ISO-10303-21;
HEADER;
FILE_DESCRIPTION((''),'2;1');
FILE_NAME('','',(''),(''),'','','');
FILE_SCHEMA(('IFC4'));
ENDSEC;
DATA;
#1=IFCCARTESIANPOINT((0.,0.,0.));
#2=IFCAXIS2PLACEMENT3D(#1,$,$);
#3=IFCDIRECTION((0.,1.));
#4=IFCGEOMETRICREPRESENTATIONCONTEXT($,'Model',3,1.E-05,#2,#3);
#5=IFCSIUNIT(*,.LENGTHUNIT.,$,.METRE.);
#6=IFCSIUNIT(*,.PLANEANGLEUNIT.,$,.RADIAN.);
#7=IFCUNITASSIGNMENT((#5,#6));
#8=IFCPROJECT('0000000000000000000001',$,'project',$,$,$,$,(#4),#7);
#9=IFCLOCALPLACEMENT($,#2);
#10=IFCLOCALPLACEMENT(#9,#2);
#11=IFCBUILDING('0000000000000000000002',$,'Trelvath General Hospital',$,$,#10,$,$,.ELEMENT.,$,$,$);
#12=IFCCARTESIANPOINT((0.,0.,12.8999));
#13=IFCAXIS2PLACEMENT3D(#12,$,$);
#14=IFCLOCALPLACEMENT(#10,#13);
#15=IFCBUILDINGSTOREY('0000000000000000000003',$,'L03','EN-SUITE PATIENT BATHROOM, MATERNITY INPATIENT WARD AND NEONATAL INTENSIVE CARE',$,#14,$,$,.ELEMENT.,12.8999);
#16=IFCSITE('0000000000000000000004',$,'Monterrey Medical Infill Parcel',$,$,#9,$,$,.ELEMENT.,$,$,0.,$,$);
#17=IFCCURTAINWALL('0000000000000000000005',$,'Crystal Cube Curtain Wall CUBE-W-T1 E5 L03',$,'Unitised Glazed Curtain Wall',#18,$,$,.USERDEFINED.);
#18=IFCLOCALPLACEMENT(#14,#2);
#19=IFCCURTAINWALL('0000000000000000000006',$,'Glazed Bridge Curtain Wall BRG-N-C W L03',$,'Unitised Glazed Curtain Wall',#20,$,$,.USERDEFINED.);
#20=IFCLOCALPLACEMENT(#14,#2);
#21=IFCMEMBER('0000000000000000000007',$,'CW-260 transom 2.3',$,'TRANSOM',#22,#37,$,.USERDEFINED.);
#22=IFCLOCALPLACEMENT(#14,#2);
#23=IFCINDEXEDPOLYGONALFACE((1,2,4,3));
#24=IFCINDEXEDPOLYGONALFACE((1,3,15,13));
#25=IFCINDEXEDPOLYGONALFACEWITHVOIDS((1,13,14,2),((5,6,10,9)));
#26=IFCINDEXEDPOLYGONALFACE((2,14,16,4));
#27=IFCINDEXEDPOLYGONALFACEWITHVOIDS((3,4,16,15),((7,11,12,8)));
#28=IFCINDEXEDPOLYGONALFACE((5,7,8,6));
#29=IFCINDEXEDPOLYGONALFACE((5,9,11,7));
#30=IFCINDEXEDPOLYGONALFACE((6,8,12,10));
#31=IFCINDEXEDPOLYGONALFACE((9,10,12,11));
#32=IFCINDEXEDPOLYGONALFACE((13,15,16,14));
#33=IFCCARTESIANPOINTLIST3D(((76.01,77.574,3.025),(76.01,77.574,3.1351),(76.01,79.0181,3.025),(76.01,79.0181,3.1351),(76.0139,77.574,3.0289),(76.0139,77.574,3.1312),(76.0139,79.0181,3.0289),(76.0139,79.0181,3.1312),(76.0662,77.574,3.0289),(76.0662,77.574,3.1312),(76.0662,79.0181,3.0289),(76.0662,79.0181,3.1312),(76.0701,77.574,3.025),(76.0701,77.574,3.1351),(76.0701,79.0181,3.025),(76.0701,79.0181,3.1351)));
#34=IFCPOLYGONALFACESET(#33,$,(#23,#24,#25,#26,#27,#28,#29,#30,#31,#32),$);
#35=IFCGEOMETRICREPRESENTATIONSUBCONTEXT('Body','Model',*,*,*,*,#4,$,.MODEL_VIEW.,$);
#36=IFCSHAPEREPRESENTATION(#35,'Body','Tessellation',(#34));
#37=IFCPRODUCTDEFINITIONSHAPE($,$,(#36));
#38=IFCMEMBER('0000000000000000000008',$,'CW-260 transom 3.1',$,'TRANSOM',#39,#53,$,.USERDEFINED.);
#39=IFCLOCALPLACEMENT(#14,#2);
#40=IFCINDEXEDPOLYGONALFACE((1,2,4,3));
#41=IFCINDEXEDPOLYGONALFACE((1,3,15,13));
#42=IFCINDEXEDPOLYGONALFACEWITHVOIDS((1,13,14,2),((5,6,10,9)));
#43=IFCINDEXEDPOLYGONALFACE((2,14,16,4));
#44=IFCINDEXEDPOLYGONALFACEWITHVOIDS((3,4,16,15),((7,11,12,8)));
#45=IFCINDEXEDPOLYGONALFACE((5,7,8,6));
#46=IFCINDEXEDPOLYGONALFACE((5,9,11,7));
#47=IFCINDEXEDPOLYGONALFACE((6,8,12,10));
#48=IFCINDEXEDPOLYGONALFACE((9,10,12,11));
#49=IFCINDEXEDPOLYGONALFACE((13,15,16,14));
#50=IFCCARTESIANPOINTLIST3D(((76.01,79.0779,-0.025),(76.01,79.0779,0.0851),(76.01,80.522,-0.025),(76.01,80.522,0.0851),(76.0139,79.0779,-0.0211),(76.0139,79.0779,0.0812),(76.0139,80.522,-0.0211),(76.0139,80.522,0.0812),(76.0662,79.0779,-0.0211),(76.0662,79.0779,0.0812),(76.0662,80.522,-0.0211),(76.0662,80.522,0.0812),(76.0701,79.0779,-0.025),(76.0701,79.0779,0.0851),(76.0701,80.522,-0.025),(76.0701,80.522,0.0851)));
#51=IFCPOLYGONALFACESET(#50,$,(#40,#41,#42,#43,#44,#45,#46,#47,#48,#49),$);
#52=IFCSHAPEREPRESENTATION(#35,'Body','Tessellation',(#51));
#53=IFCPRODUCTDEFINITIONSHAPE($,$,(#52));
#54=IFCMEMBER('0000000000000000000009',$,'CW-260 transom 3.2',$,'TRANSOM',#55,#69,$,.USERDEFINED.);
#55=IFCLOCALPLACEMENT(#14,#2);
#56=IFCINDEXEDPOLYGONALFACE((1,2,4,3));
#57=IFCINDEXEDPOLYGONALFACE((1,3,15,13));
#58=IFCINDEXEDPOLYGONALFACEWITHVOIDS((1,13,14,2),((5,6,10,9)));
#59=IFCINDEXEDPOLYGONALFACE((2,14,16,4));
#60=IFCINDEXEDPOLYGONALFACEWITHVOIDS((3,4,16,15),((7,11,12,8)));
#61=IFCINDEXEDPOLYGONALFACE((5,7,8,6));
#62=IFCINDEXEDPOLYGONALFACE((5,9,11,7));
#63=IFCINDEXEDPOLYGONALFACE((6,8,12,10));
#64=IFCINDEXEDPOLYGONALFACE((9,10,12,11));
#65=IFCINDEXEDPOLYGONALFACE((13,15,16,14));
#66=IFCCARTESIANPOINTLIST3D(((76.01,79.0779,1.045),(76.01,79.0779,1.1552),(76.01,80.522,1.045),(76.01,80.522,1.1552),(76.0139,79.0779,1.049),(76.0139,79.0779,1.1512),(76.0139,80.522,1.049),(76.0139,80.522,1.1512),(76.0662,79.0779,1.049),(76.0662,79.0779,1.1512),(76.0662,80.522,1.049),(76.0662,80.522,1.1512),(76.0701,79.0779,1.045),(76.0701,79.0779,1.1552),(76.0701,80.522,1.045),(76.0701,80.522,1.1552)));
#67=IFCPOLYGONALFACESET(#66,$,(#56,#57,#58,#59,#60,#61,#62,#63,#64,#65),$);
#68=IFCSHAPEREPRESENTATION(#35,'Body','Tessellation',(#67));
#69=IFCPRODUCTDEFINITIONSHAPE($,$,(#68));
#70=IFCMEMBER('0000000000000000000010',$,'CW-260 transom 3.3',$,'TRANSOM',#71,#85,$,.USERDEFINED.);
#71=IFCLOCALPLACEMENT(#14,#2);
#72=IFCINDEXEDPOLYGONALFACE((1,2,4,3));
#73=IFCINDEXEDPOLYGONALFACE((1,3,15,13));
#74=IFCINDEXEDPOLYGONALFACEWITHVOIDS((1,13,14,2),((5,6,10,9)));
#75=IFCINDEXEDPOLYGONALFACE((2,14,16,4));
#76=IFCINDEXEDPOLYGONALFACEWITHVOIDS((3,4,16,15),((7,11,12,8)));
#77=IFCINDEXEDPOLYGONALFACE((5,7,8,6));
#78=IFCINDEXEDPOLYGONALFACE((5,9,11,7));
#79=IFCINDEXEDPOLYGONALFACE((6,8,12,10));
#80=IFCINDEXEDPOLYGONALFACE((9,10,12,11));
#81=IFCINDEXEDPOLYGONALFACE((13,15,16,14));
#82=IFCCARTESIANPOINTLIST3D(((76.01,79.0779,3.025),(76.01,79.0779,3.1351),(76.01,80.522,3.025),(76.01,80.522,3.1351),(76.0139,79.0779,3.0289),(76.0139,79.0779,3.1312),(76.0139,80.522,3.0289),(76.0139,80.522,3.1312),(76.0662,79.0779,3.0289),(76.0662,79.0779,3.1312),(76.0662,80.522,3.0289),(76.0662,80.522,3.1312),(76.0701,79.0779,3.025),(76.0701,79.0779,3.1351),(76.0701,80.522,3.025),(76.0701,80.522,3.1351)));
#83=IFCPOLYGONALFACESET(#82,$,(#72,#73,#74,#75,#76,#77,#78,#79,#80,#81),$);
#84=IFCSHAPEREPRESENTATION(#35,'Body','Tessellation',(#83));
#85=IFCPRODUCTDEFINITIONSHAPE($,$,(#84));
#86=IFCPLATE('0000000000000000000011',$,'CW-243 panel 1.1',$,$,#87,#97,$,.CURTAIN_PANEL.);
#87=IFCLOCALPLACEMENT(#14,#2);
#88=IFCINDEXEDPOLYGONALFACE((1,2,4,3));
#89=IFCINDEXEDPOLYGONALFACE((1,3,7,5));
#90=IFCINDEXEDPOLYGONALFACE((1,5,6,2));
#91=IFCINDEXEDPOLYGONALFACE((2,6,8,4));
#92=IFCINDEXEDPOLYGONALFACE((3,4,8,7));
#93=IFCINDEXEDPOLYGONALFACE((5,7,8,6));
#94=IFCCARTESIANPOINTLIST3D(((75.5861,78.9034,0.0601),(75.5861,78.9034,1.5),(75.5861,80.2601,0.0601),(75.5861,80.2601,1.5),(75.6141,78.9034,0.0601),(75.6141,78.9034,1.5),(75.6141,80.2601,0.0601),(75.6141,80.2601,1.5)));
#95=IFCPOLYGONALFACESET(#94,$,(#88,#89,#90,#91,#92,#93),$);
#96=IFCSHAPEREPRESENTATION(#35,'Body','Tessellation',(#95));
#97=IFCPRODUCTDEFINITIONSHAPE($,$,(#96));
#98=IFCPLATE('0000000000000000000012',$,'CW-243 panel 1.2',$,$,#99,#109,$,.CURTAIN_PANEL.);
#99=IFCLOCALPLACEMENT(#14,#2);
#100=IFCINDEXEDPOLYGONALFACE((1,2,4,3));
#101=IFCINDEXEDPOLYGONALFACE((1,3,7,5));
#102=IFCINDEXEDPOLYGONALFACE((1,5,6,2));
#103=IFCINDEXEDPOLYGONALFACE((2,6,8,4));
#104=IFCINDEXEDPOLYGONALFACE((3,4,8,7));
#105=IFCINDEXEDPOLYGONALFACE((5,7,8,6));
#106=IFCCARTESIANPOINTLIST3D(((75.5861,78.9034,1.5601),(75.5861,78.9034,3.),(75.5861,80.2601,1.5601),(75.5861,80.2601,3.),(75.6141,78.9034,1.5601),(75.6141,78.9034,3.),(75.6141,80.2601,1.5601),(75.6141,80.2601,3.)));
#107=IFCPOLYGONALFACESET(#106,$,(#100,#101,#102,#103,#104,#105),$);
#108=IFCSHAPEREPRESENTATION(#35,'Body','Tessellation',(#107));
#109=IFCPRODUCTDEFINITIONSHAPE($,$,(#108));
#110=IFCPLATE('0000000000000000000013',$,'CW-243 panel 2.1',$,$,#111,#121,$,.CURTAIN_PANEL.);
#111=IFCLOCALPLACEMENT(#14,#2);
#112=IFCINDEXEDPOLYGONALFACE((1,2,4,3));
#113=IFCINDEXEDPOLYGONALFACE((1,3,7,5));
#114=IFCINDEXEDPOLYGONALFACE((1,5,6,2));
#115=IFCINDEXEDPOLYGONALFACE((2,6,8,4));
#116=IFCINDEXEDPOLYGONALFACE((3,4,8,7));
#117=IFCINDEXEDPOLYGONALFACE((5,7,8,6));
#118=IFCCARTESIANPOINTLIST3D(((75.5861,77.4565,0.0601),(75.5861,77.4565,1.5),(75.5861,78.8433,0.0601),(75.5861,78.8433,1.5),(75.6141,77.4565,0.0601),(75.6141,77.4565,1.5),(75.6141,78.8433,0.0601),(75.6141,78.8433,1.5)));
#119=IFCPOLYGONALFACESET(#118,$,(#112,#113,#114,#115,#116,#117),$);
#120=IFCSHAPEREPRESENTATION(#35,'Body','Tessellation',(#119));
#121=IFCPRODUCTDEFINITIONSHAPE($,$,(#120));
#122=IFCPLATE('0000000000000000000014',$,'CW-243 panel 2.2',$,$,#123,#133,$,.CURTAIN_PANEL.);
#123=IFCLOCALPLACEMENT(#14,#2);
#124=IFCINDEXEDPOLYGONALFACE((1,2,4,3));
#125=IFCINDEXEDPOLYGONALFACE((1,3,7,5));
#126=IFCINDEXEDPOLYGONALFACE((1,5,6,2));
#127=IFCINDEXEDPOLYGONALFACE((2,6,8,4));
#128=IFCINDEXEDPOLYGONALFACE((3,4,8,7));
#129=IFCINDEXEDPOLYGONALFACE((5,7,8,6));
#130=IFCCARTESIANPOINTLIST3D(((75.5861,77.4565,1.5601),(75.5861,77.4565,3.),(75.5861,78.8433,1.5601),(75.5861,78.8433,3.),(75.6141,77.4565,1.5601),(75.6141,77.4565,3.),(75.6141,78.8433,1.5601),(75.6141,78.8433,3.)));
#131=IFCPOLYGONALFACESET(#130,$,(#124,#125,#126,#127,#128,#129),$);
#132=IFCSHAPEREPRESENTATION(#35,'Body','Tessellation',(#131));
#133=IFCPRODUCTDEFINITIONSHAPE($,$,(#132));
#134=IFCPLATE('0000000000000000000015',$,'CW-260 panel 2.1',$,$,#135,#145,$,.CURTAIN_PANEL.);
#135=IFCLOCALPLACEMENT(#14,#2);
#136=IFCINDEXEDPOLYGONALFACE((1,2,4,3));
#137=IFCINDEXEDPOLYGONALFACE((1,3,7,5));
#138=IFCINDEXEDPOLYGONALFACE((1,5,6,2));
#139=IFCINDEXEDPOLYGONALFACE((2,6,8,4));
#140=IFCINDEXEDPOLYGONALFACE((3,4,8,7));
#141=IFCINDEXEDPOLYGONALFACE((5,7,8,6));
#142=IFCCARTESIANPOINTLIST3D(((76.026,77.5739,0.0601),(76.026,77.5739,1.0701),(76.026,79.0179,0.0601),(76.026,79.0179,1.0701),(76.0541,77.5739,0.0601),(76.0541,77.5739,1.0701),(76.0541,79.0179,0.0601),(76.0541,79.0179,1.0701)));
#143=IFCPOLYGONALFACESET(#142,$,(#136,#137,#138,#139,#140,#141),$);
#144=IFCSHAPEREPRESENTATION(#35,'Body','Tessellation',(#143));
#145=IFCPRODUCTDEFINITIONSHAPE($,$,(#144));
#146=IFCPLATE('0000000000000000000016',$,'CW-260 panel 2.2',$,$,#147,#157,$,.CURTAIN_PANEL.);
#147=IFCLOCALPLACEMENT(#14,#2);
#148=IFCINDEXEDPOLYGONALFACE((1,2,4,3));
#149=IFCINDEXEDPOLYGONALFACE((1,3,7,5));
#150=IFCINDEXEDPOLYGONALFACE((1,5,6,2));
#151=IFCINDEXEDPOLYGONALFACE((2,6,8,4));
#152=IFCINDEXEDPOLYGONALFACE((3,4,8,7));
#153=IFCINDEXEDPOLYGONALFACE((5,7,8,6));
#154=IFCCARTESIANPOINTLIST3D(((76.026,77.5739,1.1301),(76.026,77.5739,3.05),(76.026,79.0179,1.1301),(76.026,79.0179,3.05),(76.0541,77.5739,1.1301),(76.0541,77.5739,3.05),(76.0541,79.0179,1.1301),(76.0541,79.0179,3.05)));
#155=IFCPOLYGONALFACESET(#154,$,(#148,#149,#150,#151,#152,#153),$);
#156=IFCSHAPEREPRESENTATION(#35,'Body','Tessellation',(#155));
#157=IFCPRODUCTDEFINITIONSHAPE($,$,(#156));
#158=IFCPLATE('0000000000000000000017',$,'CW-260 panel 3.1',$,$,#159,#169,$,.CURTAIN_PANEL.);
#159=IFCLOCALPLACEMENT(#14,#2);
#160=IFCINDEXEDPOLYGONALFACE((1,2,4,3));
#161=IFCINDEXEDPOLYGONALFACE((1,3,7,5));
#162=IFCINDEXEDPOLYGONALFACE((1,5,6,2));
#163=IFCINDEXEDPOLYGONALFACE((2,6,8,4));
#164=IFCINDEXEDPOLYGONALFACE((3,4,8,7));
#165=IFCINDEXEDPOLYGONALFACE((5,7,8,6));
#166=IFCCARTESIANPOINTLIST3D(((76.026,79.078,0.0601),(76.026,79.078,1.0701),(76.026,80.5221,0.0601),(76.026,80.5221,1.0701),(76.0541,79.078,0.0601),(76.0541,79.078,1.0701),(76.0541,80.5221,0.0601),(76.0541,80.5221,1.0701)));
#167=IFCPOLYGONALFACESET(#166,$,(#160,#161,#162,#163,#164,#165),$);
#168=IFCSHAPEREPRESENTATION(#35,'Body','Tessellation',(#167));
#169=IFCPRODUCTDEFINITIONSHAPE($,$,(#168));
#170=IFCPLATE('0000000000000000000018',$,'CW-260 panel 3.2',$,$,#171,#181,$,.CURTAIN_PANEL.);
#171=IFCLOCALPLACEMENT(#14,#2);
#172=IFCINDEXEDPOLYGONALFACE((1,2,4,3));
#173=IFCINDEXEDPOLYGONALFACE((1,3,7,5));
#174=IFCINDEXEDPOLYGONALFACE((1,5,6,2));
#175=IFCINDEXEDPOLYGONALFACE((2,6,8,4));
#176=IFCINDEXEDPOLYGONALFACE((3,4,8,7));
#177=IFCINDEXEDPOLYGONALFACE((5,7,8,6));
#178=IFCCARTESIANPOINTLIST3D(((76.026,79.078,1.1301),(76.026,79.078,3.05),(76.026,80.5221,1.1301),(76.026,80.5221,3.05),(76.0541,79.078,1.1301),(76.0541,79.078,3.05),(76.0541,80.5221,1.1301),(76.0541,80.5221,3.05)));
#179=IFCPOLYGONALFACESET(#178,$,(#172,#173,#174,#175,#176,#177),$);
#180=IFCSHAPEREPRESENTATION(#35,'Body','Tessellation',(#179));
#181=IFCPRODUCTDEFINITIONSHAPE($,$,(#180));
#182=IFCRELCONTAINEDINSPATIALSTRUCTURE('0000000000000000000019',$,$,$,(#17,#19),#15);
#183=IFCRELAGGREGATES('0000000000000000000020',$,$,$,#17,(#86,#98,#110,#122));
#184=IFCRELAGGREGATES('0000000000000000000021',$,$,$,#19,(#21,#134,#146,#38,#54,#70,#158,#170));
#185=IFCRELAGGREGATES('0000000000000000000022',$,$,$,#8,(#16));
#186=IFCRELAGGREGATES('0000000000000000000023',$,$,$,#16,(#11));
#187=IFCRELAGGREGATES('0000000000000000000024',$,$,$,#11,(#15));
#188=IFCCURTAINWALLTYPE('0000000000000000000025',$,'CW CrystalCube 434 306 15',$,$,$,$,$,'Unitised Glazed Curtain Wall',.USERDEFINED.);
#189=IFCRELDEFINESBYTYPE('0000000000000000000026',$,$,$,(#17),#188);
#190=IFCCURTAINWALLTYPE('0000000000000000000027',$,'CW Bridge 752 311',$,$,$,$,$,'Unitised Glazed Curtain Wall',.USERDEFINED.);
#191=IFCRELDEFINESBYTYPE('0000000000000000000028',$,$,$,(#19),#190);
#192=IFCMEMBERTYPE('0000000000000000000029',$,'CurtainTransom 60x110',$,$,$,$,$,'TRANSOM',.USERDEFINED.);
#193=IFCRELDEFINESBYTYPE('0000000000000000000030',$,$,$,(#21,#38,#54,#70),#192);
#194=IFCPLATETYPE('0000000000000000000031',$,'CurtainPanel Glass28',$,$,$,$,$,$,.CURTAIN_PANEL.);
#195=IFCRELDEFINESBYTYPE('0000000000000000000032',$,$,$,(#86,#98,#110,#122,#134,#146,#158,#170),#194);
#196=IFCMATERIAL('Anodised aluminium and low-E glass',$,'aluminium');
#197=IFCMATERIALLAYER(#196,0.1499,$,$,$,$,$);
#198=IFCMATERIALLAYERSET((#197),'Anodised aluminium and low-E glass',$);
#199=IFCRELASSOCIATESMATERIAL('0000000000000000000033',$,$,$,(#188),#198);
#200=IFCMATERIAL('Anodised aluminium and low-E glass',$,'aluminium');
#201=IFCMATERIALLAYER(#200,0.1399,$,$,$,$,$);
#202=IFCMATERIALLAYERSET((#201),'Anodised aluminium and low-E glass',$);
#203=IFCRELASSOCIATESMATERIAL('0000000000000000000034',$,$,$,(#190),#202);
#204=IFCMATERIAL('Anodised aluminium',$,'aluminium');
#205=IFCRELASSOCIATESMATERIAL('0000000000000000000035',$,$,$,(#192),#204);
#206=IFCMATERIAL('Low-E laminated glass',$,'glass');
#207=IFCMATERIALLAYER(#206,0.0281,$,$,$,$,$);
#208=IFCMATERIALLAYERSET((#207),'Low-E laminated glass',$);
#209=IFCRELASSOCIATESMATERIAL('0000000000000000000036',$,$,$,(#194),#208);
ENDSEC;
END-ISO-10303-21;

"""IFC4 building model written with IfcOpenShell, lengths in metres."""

from ifc_helpers import new_model, si_unit, direction, frame, origin, origin_2d, place, context, subcontext, project, spatial, rectangle, hollow_rectangle, extrude, material, layer, layer_set, material_profile, profile_set, type_object, element, aggregate, save


model = new_model("IFC4")

# Units and contexts
model_context = context("Model", 3, precision=1e-05, world=origin(), true_north=direction((0.0, 1.0)))
body_context = subcontext(model_context, "Body", "Model", "MODEL_VIEW")
ifc_project = project(units=[si_unit("LENGTHUNIT", "METRE"), si_unit("PLANEANGLEUNIT", "RADIAN")], contexts=[model_context])

# Site, building, storey
site_placement = place(None, origin())
site = spatial("IfcSite", under=ifc_project, at=site_placement, Name="Monterrey Medical Infill Parcel", CompositionType="ELEMENT", RefElevation=0.0)
building_placement = place(site_placement, origin())
building = spatial("IfcBuilding", under=site, at=building_placement, Name="Trelvath General Hospital", CompositionType="ELEMENT")
storey_placement = place(building_placement, frame((0.0, 0.0, 12.8999)))
storey = spatial("IfcBuildingStorey", under=building, at=storey_placement, Name="L03", Description="EN-SUITE PATIENT BATHROOM, MATERNITY INPATIENT WARD AND NEONATAL INTENSIVE CARE", CompositionType="ELEMENT", Elevation=12.8999)

# Curtain wall
ifc_material_1 = material(Name="Anodised aluminium and low-E glass", Category="aluminium")
ifc_layer_1 = layer(ifc_material_1, 0.1499)
ifc_layer_set_1 = layer_set([ifc_layer_1], Name="Anodised aluminium and low-E glass")
curtain_wall_type_1 = type_object("IfcCurtainWallType", Name="CW CrystalCube 434 306 15", ElementType="Unitised Glazed Curtain Wall", PredefinedType="USERDEFINED", material=ifc_layer_set_1)
curtain_wall_1_placement = place(storey_placement, origin())
curtain_wall_1 = element("IfcCurtainWall", 1, at=curtain_wall_1_placement, inside=storey, type_object=curtain_wall_type_1, Name="Crystal Cube Curtain Wall CUBE-W-T1 E5 L03", ObjectType="Unitised Glazed Curtain Wall", PredefinedType="USERDEFINED")

# Curtain wall
ifc_material_2 = material(Name="Anodised aluminium and low-E glass", Category="aluminium")
ifc_layer_2 = layer(ifc_material_2, 0.1399)
ifc_layer_set_2 = layer_set([ifc_layer_2], Name="Anodised aluminium and low-E glass")
curtain_wall_type_2 = type_object("IfcCurtainWallType", Name="CW Bridge 752 311", ElementType="Unitised Glazed Curtain Wall", PredefinedType="USERDEFINED", material=ifc_layer_set_2)
curtain_wall_2_placement = place(storey_placement, origin())
curtain_wall_2 = element("IfcCurtainWall", 2, at=curtain_wall_2_placement, inside=storey, type_object=curtain_wall_type_2, Name="Glazed Bridge Curtain Wall BRG-N-C W L03", ObjectType="Unitised Glazed Curtain Wall", PredefinedType="USERDEFINED")

# Members
ifc_material_3 = material(Name="Anodised aluminium", Category="aluminium")
ifc_material_profile_1 = material_profile(ifc_material_3, hollow_rectangle(XDim=0.0601, YDim=0.1101, WallThickness=0.0039, at=origin_2d()), Name="RHS60x110x4")
ifc_profile_set_1 = profile_set([ifc_material_profile_1], Name="Anodised aluminium")
member_type_1 = type_object("IfcMemberType", Name="CurtainTransom 60x110", ElementType="TRANSOM", PredefinedType="USERDEFINED", material=ifc_profile_set_1)
member_1_placement = place(storey_placement, frame((76.04, 77.574, 3.0801), z_axis=(0.0, 1.0, 0.0), x_axis=(-1.0, 0.0, 0.0)))
member_1 = element("IfcMember", 3, at=member_1_placement, type_object=member_type_1, Name="CW-260 transom 2.3", ObjectType="TRANSOM", PredefinedType="USERDEFINED", context=body_context, shape_type="SweptSolid", body=[
    extrude(hollow_rectangle(XDim=0.0601, YDim=0.1101, WallThickness=0.0039, at=origin_2d()), origin(), (0.0, 0.0, 1.0), 1.4441),
])
member_2_placement = place(storey_placement, frame((76.04, 79.0779, 0.03), z_axis=(0.0, 1.0, 0.0), x_axis=(-1.0, 0.0, 0.0)))
member_2 = element("IfcMember", 4, at=member_2_placement, type_object=member_type_1, Name="CW-260 transom 3.1", ObjectType="TRANSOM", PredefinedType="USERDEFINED", context=body_context, shape_type="SweptSolid", body=[
    extrude(hollow_rectangle(XDim=0.0601, YDim=0.1101, WallThickness=0.0039, at=origin_2d()), origin(), (0.0, 0.0, 1.0), 1.4441),
])
member_3_placement = place(storey_placement, frame((76.04, 79.0779, 1.1001), z_axis=(0.0, 1.0, 0.0), x_axis=(-1.0, 0.0, 0.0)))
member_3 = element("IfcMember", 5, at=member_3_placement, type_object=member_type_1, Name="CW-260 transom 3.2", ObjectType="TRANSOM", PredefinedType="USERDEFINED", context=body_context, shape_type="SweptSolid", body=[
    extrude(hollow_rectangle(XDim=0.0601, YDim=0.1101, WallThickness=0.0039, at=origin_2d()), origin(), (0.0, 0.0, 1.0), 1.4441),
])
member_4_placement = place(storey_placement, frame((76.04, 79.0779, 3.0801), z_axis=(0.0, 1.0, 0.0), x_axis=(-1.0, 0.0, 0.0)))
member_4 = element("IfcMember", 6, at=member_4_placement, type_object=member_type_1, Name="CW-260 transom 3.3", ObjectType="TRANSOM", PredefinedType="USERDEFINED", context=body_context, shape_type="SweptSolid", body=[
    extrude(hollow_rectangle(XDim=0.0601, YDim=0.1101, WallThickness=0.0039, at=origin_2d()), origin(), (0.0, 0.0, 1.0), 1.4441),
])

# Plates
ifc_material_4 = material(Name="Low-E laminated glass", Category="glass")
ifc_layer_3 = layer(ifc_material_4, 0.0281)
ifc_layer_set_3 = layer_set([ifc_layer_3], Name="Low-E laminated glass")
plate_type = type_object("IfcPlateType", Name="CurtainPanel Glass28", PredefinedType="CURTAIN_PANEL", material=ifc_layer_set_3)
plate_1_placement = place(storey_placement, frame((75.6001, 79.5818, 0.0601), z_axis=(0.0, 0.0, 1.0), x_axis=(0.0, -1.0, 0.0)))
plate_1 = element("IfcPlate", 7, at=plate_1_placement, type_object=plate_type, Name="CW-243 panel 1.1", PredefinedType="CURTAIN_PANEL", context=body_context, shape_type="SweptSolid", body=[
    extrude(rectangle(XDim=1.3567, YDim=0.0281, at=origin_2d()), origin(), (0.0, 0.0, 1.0), 1.4399),
])
plate_2_placement = place(storey_placement, frame((75.6001, 79.5818, 1.5601), z_axis=(0.0, 0.0, 1.0), x_axis=(0.0, -1.0, 0.0)))
plate_2 = element("IfcPlate", 8, at=plate_2_placement, type_object=plate_type, Name="CW-243 panel 1.2", PredefinedType="CURTAIN_PANEL", context=body_context, shape_type="SweptSolid", body=[
    extrude(rectangle(XDim=1.3567, YDim=0.0281, at=origin_2d()), origin(), (0.0, 0.0, 1.0), 1.4399),
])
plate_3_placement = place(storey_placement, frame((75.6001, 78.1499, 0.0601), z_axis=(0.0, 0.0, 1.0), x_axis=(0.0, -1.0, 0.0)))
plate_3 = element("IfcPlate", 9, at=plate_3_placement, type_object=plate_type, Name="CW-243 panel 2.1", PredefinedType="CURTAIN_PANEL", context=body_context, shape_type="SweptSolid", body=[
    extrude(rectangle(XDim=1.3867, YDim=0.0281, at=origin_2d()), origin(), (0.0, 0.0, 1.0), 1.4399),
])
plate_4_placement = place(storey_placement, frame((75.6001, 78.1499, 1.5601), z_axis=(0.0, 0.0, 1.0), x_axis=(0.0, -1.0, 0.0)))
plate_4 = element("IfcPlate", 10, at=plate_4_placement, type_object=plate_type, Name="CW-243 panel 2.2", PredefinedType="CURTAIN_PANEL", context=body_context, shape_type="SweptSolid", body=[
    extrude(rectangle(XDim=1.3867, YDim=0.0281, at=origin_2d()), origin(), (0.0, 0.0, 1.0), 1.4399),
])
aggregate(curtain_wall_1, [plate_1, plate_2, plate_3, plate_4])
plate_5_placement = place(storey_placement, frame((76.04, 78.2959, 0.0601), z_axis=(0.0, 0.0, 1.0), x_axis=(0.0, 1.0, 0.0)))
plate_5 = element("IfcPlate", 11, at=plate_5_placement, type_object=plate_type, Name="CW-260 panel 2.1", PredefinedType="CURTAIN_PANEL", context=body_context, shape_type="SweptSolid", body=[
    extrude(rectangle(XDim=1.4441, YDim=0.0281, at=origin_2d()), origin(), (0.0, 0.0, 1.0), 1.01),
])
plate_6_placement = place(storey_placement, frame((76.04, 78.2959, 1.1301), z_axis=(0.0, 0.0, 1.0), x_axis=(0.0, 1.0, 0.0)))
plate_6 = element("IfcPlate", 12, at=plate_6_placement, type_object=plate_type, Name="CW-260 panel 2.2", PredefinedType="CURTAIN_PANEL", context=body_context, shape_type="SweptSolid", body=[
    extrude(rectangle(XDim=1.4441, YDim=0.0281, at=origin_2d()), origin(), (0.0, 0.0, 1.0), 1.9199),
])
plate_7_placement = place(storey_placement, frame((76.04, 79.8, 0.0601), z_axis=(0.0, 0.0, 1.0), x_axis=(0.0, 1.0, 0.0)))
plate_7 = element("IfcPlate", 13, at=plate_7_placement, type_object=plate_type, Name="CW-260 panel 3.1", PredefinedType="CURTAIN_PANEL", context=body_context, shape_type="SweptSolid", body=[
    extrude(rectangle(XDim=1.4441, YDim=0.0281, at=origin_2d()), origin(), (0.0, 0.0, 1.0), 1.01),
])
plate_8_placement = place(storey_placement, frame((76.04, 79.8, 1.1301), z_axis=(0.0, 0.0, 1.0), x_axis=(0.0, 1.0, 0.0)))
plate_8 = element("IfcPlate", 14, at=plate_8_placement, type_object=plate_type, Name="CW-260 panel 3.2", PredefinedType="CURTAIN_PANEL", context=body_context, shape_type="SweptSolid", body=[
    extrude(rectangle(XDim=1.4441, YDim=0.0281, at=origin_2d()), origin(), (0.0, 0.0, 1.0), 1.9199),
])
aggregate(curtain_wall_2, [member_1, plate_5, plate_6, member_2, member_3, member_4, plate_7, plate_8])

save(model, "model.ifc")
